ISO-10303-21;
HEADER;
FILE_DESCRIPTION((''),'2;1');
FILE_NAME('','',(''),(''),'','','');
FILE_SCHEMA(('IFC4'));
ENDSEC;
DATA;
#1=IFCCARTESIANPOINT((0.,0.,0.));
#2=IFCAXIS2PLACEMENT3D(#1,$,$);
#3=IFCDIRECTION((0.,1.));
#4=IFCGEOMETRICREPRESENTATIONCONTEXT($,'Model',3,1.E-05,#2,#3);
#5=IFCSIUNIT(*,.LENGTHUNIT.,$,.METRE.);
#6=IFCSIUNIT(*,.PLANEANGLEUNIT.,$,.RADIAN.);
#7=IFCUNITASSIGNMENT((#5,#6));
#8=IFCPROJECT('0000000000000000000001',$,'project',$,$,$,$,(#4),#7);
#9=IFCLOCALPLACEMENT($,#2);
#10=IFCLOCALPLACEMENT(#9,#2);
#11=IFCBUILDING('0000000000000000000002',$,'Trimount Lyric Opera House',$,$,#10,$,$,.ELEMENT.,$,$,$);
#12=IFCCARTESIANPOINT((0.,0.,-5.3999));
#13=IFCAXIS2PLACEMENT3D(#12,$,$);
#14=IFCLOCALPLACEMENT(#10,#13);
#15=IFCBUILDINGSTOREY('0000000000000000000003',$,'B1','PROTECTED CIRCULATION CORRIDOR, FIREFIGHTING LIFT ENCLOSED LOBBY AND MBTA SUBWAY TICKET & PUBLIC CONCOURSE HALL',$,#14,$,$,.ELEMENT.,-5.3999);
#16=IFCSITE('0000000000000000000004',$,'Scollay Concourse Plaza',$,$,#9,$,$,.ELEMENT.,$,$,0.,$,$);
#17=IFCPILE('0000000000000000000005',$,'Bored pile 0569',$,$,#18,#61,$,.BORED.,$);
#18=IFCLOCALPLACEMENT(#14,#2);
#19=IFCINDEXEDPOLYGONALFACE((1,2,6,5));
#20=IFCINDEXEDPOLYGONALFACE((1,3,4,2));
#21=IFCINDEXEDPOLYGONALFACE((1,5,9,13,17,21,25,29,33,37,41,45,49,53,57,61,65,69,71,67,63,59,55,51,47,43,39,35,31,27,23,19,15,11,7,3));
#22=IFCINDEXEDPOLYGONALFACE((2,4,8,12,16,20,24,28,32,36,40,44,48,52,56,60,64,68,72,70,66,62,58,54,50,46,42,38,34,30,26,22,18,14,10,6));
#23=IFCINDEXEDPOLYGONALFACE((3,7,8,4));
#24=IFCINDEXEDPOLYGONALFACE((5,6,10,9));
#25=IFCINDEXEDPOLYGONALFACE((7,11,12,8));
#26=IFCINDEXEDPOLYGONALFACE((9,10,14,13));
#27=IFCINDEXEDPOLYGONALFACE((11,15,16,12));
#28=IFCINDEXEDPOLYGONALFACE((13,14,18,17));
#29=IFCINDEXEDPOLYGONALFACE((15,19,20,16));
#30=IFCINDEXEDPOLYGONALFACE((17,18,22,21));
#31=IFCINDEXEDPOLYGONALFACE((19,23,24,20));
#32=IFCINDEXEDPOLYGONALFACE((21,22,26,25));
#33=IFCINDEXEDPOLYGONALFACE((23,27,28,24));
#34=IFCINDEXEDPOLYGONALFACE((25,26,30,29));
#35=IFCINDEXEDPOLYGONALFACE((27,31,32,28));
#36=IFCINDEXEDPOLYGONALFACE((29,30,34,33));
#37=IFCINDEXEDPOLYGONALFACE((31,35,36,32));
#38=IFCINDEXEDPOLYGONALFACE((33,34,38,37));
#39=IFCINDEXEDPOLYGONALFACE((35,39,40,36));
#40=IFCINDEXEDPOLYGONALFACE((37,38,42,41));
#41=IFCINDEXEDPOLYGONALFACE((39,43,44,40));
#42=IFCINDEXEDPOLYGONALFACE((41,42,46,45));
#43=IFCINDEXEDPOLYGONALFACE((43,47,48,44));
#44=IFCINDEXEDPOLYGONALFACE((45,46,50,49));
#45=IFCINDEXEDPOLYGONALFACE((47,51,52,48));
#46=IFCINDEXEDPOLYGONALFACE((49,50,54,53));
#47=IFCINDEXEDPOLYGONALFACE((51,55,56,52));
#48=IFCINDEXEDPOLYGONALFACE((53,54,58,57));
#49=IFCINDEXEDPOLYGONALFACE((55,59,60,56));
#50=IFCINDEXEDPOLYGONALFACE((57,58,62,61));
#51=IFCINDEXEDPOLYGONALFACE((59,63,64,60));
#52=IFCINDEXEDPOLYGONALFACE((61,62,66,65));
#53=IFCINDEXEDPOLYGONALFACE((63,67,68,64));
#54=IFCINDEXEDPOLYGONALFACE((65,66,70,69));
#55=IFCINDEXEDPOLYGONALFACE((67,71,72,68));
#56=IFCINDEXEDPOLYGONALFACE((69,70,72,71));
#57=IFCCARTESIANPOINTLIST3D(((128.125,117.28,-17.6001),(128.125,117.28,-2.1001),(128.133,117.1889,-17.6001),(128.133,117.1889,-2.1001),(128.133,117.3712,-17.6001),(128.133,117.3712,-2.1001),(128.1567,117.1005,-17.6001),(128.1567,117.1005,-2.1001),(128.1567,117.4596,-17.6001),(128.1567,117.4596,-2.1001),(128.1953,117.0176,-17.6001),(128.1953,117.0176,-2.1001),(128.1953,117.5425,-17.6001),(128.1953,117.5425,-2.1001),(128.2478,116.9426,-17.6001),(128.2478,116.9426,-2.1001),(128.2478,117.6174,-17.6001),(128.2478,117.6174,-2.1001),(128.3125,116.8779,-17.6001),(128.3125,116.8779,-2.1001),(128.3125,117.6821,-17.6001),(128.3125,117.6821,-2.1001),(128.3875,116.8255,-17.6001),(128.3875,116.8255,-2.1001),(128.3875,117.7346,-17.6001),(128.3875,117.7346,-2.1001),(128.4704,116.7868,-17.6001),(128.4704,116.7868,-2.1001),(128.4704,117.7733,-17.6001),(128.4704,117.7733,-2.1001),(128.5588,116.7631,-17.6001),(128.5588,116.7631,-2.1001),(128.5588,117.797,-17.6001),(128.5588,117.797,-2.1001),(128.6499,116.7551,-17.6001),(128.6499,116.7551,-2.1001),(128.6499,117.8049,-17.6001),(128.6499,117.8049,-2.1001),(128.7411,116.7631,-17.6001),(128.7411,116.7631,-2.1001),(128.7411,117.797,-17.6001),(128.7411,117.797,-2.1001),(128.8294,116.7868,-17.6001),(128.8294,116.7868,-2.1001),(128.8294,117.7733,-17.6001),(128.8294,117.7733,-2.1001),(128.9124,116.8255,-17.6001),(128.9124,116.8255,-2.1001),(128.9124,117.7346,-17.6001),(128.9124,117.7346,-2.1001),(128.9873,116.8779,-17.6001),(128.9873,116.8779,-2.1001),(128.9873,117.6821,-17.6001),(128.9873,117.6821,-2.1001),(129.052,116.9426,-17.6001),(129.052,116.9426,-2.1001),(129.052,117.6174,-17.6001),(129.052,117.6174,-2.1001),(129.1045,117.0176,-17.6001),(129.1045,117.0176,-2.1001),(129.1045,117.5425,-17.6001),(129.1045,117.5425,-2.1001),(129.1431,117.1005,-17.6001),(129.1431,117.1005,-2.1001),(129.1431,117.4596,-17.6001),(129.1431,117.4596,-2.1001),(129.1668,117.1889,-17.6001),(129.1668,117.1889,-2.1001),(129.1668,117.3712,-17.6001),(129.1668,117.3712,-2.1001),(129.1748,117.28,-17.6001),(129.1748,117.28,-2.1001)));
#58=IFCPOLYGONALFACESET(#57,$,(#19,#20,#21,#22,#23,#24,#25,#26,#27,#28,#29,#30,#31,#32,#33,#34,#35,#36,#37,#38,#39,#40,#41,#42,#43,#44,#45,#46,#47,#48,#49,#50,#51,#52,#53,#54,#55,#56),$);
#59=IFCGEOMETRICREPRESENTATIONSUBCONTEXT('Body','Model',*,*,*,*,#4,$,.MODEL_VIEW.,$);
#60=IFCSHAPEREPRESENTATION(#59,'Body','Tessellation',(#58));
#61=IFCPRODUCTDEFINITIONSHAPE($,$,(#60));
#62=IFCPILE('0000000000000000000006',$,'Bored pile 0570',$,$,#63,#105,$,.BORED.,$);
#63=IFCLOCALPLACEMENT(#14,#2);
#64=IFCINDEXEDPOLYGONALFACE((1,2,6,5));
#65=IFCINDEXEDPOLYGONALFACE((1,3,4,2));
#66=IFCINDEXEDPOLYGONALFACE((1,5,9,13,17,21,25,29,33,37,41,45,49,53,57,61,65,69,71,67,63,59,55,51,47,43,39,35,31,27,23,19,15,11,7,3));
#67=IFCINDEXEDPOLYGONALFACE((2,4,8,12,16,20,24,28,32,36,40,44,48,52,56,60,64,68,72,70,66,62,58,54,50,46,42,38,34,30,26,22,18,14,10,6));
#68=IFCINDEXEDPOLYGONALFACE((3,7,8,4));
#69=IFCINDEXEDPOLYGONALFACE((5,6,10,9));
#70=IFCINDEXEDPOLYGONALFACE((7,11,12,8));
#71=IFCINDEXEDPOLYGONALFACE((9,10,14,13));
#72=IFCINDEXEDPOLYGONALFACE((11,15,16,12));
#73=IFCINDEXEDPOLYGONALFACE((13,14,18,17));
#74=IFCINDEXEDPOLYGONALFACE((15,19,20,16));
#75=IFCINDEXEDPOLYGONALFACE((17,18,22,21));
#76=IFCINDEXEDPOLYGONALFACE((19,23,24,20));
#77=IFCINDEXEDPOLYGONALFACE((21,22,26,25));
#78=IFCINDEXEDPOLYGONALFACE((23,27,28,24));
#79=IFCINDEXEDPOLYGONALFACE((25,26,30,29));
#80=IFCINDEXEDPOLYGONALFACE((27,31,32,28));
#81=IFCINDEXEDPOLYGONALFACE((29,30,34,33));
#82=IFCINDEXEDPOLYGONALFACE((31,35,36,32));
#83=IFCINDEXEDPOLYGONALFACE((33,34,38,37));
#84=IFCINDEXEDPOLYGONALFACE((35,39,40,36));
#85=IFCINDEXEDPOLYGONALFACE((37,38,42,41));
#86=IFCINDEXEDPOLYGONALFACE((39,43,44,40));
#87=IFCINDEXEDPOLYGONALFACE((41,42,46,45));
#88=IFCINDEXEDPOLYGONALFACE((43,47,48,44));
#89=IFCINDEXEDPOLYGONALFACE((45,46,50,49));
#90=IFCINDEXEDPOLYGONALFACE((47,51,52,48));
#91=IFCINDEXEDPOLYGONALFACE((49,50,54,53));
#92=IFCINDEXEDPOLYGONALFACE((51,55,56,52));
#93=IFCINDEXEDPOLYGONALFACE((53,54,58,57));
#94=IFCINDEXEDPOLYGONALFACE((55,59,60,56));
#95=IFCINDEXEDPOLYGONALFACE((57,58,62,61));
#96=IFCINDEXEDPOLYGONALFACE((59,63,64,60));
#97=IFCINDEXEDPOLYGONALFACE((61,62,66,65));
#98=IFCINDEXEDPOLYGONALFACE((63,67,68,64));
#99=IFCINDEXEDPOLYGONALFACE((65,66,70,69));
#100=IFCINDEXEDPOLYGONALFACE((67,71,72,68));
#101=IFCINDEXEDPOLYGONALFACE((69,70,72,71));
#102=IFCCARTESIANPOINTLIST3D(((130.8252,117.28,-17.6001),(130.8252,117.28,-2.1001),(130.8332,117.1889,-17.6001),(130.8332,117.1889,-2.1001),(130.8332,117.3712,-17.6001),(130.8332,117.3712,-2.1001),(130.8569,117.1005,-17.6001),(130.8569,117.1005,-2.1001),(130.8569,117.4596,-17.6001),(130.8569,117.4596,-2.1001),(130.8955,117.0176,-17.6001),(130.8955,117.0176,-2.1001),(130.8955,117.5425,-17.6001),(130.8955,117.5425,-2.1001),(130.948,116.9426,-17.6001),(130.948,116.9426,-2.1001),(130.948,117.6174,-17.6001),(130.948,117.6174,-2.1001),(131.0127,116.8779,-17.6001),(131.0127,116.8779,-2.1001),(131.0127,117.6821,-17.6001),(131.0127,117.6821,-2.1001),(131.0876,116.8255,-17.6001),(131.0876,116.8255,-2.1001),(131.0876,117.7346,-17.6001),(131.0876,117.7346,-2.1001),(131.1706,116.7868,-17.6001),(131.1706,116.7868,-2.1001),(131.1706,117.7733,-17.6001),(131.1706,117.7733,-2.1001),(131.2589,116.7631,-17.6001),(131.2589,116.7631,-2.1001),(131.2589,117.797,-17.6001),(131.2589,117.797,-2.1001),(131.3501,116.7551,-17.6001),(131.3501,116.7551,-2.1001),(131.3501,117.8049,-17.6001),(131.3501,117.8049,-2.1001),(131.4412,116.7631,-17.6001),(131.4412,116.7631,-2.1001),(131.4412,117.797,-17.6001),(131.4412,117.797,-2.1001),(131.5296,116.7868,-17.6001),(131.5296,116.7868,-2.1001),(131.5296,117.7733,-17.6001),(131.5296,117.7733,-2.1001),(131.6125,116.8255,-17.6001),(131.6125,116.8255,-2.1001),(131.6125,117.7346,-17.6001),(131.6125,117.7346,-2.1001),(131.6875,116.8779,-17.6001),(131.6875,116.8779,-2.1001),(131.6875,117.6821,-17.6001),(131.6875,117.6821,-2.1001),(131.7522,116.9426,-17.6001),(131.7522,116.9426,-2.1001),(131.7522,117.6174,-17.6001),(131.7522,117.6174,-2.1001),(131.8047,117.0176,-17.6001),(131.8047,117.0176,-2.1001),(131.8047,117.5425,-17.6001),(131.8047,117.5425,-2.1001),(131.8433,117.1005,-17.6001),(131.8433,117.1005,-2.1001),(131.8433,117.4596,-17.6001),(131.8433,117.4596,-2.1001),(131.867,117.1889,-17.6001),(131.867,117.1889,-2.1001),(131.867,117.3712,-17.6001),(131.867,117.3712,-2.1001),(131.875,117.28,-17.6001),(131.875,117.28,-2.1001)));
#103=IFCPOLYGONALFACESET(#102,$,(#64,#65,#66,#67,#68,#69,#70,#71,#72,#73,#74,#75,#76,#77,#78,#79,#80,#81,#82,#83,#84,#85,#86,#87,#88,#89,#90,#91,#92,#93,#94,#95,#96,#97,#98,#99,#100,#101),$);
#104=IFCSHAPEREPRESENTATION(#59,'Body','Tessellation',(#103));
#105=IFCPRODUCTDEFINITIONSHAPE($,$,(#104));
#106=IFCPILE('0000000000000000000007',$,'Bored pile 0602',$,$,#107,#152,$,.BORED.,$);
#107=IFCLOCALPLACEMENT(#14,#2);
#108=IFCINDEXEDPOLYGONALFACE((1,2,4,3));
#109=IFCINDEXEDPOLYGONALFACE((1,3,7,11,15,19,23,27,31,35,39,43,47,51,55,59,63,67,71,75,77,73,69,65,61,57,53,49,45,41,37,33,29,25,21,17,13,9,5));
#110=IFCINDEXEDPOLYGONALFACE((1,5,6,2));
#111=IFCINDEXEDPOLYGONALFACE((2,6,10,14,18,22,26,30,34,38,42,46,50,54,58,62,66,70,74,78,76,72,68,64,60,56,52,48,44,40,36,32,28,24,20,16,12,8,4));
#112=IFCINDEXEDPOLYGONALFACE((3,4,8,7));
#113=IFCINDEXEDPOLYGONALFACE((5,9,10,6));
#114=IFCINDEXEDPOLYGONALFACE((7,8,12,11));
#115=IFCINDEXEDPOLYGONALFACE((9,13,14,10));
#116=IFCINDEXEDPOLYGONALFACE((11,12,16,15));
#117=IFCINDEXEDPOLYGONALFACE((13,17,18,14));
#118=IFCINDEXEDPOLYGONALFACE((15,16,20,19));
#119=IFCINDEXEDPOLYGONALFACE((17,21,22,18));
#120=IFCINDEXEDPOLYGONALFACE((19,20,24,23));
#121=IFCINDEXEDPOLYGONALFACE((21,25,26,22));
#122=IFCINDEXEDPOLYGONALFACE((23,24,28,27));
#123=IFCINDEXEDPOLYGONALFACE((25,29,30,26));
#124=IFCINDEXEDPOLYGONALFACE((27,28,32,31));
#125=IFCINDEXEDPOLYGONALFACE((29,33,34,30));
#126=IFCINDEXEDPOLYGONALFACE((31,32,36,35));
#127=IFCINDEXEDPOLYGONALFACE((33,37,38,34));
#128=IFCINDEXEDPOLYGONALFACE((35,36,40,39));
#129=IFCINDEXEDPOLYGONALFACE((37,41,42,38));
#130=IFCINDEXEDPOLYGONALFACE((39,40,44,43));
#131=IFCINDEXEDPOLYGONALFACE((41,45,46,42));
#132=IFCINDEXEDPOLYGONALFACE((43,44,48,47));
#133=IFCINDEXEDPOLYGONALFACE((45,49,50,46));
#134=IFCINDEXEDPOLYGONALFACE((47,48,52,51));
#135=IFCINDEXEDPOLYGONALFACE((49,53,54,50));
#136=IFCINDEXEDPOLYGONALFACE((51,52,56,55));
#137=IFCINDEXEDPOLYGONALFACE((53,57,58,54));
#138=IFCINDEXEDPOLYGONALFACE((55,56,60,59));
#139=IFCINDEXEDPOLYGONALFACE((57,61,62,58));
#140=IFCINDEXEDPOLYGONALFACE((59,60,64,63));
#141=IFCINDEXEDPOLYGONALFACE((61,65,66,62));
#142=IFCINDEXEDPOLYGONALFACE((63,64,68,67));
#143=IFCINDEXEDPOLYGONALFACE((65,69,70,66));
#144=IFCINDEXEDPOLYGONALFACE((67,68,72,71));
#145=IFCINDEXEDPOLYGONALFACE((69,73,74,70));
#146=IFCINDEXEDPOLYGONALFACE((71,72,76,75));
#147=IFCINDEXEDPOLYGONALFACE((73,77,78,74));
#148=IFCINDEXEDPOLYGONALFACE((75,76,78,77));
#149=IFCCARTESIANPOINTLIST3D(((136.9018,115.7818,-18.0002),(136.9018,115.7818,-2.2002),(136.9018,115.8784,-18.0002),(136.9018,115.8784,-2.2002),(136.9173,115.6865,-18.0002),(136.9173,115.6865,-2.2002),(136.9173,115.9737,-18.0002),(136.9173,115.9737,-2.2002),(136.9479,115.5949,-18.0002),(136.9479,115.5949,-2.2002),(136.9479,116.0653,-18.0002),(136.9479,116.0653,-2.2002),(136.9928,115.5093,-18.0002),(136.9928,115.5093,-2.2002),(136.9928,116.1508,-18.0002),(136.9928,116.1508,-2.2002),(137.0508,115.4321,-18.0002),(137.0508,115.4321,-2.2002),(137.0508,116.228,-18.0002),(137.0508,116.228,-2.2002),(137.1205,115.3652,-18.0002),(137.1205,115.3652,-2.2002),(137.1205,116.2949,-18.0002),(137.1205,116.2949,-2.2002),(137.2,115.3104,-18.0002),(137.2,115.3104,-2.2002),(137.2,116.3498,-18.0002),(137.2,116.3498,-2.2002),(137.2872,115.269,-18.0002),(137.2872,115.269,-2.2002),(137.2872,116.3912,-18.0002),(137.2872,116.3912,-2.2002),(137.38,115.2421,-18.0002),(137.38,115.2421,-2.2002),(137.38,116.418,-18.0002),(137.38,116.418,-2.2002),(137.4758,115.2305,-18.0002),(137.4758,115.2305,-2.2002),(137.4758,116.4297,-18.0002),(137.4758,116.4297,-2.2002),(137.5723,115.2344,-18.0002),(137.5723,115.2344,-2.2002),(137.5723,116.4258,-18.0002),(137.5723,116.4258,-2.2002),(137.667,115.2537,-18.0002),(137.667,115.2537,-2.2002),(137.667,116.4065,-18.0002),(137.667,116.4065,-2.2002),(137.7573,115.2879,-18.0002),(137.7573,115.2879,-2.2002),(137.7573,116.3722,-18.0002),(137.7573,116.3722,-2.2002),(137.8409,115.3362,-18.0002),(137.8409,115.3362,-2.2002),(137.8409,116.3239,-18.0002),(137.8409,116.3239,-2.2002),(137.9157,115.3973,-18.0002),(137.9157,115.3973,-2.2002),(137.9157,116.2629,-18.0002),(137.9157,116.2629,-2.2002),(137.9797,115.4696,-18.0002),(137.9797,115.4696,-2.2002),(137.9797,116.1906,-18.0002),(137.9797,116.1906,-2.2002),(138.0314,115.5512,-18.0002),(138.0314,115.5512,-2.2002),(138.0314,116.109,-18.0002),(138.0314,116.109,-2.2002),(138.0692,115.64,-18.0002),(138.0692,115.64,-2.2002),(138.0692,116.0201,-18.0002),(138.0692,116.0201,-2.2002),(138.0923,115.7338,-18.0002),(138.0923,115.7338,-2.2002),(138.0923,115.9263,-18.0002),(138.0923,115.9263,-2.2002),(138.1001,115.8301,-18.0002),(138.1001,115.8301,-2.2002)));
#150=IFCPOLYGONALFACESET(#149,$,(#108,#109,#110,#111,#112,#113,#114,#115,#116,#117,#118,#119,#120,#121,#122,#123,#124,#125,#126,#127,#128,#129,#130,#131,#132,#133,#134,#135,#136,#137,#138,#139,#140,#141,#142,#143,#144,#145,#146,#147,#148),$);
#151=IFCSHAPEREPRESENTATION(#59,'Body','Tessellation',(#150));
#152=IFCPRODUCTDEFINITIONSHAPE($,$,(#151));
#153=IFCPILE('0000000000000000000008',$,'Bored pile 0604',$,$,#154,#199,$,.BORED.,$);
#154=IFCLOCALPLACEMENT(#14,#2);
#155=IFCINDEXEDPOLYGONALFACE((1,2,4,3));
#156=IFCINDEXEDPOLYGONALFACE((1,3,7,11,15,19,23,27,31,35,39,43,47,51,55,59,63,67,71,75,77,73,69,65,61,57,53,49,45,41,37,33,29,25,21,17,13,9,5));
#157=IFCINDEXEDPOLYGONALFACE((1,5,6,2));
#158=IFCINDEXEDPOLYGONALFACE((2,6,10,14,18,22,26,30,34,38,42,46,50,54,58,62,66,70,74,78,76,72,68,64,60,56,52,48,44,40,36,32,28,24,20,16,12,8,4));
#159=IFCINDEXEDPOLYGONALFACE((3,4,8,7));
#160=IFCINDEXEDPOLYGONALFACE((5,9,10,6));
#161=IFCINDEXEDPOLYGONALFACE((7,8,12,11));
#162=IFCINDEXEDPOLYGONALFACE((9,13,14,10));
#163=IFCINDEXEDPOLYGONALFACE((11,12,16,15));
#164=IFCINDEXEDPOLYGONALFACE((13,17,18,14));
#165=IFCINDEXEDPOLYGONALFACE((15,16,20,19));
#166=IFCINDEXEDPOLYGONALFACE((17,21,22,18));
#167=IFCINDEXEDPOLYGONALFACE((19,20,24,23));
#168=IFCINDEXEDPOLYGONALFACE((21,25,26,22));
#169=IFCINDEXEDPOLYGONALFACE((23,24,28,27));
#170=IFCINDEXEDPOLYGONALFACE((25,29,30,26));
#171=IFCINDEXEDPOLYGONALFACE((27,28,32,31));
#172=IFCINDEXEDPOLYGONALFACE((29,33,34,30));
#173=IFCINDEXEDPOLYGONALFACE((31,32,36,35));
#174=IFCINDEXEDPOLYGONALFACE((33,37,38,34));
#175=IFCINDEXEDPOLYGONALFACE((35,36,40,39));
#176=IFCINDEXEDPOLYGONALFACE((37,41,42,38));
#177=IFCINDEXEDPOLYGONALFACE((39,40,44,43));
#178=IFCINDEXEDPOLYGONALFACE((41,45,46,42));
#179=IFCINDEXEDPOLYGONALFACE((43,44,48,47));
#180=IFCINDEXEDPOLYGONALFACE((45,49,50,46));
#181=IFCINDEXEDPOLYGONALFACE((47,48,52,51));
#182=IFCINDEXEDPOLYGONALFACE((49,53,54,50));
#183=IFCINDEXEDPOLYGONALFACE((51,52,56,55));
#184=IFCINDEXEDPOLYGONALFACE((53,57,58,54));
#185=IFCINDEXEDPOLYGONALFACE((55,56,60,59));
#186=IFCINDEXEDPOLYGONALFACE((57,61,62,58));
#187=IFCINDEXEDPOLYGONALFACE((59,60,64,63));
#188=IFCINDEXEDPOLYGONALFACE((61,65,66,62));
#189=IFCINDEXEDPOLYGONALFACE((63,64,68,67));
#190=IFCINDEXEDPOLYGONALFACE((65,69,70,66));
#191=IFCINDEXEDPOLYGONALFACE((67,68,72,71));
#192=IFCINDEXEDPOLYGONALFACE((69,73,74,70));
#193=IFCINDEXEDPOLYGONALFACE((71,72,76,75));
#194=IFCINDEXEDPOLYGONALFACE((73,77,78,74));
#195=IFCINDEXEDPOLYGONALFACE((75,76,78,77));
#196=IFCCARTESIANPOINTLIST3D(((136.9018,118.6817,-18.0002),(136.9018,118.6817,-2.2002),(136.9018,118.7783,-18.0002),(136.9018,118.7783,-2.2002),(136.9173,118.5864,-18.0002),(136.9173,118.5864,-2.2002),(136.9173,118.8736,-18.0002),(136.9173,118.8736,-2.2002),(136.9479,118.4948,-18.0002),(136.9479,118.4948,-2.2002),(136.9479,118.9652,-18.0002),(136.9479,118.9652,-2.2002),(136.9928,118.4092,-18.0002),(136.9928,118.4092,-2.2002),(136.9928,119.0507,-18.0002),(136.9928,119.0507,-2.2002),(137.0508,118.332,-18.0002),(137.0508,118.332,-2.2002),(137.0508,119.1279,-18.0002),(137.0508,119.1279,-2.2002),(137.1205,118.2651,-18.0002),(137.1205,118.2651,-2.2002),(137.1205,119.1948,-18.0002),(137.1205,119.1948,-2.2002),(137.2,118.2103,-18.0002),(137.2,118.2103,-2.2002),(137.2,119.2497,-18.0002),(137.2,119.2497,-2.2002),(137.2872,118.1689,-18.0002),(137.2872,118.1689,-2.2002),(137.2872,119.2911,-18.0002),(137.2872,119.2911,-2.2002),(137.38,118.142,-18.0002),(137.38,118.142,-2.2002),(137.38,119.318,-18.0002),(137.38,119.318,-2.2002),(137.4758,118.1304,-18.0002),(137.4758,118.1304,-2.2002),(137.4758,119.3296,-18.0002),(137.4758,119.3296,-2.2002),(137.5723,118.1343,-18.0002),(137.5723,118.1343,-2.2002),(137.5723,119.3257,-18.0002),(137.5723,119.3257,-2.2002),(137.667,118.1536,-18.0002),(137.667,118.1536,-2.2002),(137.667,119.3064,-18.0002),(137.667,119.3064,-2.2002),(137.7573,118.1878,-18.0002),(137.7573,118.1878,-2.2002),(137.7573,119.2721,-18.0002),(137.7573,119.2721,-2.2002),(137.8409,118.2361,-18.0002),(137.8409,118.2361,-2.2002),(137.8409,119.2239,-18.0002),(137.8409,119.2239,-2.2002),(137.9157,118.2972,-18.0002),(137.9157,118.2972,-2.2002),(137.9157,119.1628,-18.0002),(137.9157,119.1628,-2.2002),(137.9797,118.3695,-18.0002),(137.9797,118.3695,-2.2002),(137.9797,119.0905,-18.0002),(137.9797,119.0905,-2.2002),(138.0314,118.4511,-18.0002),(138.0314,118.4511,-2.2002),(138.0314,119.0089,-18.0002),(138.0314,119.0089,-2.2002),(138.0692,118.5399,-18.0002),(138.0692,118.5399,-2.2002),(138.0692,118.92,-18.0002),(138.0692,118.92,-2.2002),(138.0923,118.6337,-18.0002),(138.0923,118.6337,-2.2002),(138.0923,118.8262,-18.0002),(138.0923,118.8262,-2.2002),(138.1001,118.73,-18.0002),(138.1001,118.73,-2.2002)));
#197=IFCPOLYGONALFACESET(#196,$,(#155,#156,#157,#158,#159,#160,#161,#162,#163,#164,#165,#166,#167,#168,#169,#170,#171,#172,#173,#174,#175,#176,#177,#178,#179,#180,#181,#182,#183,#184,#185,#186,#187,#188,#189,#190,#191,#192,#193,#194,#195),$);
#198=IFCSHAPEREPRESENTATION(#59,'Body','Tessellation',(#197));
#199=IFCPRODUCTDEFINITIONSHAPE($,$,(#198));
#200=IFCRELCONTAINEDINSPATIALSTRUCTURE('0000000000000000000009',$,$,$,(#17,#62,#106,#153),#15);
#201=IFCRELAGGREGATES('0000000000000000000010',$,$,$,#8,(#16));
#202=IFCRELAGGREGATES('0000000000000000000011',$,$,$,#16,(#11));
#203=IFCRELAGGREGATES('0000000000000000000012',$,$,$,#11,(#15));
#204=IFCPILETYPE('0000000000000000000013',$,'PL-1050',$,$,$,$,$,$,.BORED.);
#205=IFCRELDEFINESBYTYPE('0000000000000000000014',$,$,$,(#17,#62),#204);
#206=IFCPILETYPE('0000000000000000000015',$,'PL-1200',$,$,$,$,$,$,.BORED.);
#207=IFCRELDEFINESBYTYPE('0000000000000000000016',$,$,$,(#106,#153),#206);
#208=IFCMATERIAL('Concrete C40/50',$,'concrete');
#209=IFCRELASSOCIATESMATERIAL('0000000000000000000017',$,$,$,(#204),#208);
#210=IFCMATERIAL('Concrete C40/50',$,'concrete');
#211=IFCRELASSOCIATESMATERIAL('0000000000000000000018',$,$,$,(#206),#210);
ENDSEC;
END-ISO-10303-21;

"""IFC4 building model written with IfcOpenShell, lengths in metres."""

from ifc_helpers import new_model, si_unit, direction, frame, origin, origin_2d, place, context, subcontext, project, spatial, circle, extrude, material, material_profile, profile_set, type_object, element, save


model = new_model("IFC4")

# Units and contexts
model_context = context("Model", 3, precision=1e-05, world=origin(), true_north=direction((0.0, 1.0)))
body_context = subcontext(model_context, "Body", "Model", "MODEL_VIEW")
ifc_project = project(units=[si_unit("LENGTHUNIT", "METRE"), si_unit("PLANEANGLEUNIT", "RADIAN")], contexts=[model_context])

# Site, building, storey
site_placement = place(None, origin())
site = spatial("IfcSite", under=ifc_project, at=site_placement, Name="Scollay Concourse Plaza", CompositionType="ELEMENT", RefElevation=0.0)
building_placement = place(site_placement, origin())
building = spatial("IfcBuilding", under=site, at=building_placement, Name="Trimount Lyric Opera House", CompositionType="ELEMENT")
storey_placement = place(building_placement, frame((0.0, 0.0, -5.3999)))
storey = spatial("IfcBuildingStorey", under=building, at=storey_placement, Name="B1", Description="PROTECTED CIRCULATION CORRIDOR, FIREFIGHTING LIFT ENCLOSED LOBBY AND MBTA SUBWAY TICKET & PUBLIC CONCOURSE HALL", CompositionType="ELEMENT", Elevation=-5.3999)

# Piles
ifc_material_1 = material(Name="Concrete C40/50", Category="concrete")
ifc_material_profile_1 = material_profile(ifc_material_1, circle(Radius=0.5249, at=origin_2d()), Name="PILE-D1050")
ifc_profile_set_1 = profile_set([ifc_material_profile_1], Name="Concrete C40/50")
pile_type_1 = type_object("IfcPileType", Name="PL-1050", PredefinedType="BORED", material=ifc_profile_set_1)
for number, where, z_axis, x_axis, name in (
    (1, (128.6499, 117.28, -2.1001), (0.0, 0.0, -1.0), (1.0, 0.0, 0.0), "Bored pile 0569"),
    (2, (131.3501, 117.28, -2.1001), (0.0, 0.0, -1.0), (1.0, 0.0, 0.0), "Bored pile 0570"),
):
    element("IfcPile", number, at=place(storey_placement, frame(where, z_axis=z_axis, x_axis=x_axis)), inside=storey, type_object=pile_type_1, Name=name, PredefinedType="BORED", context=body_context, shape_type="SweptSolid", body=[
        extrude(circle(Radius=0.5249, at=origin_2d()), origin(), (0.0, 0.0, 1.0), 15.5),
    ])
ifc_material_2 = material(Name="Concrete C40/50", Category="concrete")
ifc_material_profile_2 = material_profile(ifc_material_2, circle(Radius=0.6001, at=origin_2d()), Name="PILE-D1200")
ifc_profile_set_2 = profile_set([ifc_material_profile_2], Name="Concrete C40/50")
pile_type_2 = type_object("IfcPileType", Name="PL-1200", PredefinedType="BORED", material=ifc_profile_set_2)
for number, where, z_axis, x_axis, name in (
    (3, (137.5, 115.8301, -2.2002), (0.0, 0.0, -1.0), (1.0, 0.0, 0.0), "Bored pile 0602"),
    (4, (137.5, 118.73, -2.2002), (0.0, 0.0, -1.0), (1.0, 0.0, 0.0), "Bored pile 0604"),
):
    element("IfcPile", number, at=place(storey_placement, frame(where, z_axis=z_axis, x_axis=x_axis)), inside=storey, type_object=pile_type_2, Name=name, PredefinedType="BORED", context=body_context, shape_type="SweptSolid", body=[
        extrude(circle(Radius=0.6001, at=origin_2d()), origin(), (0.0, 0.0, 1.0), 15.8),
    ])

save(model, "model.ifc")
